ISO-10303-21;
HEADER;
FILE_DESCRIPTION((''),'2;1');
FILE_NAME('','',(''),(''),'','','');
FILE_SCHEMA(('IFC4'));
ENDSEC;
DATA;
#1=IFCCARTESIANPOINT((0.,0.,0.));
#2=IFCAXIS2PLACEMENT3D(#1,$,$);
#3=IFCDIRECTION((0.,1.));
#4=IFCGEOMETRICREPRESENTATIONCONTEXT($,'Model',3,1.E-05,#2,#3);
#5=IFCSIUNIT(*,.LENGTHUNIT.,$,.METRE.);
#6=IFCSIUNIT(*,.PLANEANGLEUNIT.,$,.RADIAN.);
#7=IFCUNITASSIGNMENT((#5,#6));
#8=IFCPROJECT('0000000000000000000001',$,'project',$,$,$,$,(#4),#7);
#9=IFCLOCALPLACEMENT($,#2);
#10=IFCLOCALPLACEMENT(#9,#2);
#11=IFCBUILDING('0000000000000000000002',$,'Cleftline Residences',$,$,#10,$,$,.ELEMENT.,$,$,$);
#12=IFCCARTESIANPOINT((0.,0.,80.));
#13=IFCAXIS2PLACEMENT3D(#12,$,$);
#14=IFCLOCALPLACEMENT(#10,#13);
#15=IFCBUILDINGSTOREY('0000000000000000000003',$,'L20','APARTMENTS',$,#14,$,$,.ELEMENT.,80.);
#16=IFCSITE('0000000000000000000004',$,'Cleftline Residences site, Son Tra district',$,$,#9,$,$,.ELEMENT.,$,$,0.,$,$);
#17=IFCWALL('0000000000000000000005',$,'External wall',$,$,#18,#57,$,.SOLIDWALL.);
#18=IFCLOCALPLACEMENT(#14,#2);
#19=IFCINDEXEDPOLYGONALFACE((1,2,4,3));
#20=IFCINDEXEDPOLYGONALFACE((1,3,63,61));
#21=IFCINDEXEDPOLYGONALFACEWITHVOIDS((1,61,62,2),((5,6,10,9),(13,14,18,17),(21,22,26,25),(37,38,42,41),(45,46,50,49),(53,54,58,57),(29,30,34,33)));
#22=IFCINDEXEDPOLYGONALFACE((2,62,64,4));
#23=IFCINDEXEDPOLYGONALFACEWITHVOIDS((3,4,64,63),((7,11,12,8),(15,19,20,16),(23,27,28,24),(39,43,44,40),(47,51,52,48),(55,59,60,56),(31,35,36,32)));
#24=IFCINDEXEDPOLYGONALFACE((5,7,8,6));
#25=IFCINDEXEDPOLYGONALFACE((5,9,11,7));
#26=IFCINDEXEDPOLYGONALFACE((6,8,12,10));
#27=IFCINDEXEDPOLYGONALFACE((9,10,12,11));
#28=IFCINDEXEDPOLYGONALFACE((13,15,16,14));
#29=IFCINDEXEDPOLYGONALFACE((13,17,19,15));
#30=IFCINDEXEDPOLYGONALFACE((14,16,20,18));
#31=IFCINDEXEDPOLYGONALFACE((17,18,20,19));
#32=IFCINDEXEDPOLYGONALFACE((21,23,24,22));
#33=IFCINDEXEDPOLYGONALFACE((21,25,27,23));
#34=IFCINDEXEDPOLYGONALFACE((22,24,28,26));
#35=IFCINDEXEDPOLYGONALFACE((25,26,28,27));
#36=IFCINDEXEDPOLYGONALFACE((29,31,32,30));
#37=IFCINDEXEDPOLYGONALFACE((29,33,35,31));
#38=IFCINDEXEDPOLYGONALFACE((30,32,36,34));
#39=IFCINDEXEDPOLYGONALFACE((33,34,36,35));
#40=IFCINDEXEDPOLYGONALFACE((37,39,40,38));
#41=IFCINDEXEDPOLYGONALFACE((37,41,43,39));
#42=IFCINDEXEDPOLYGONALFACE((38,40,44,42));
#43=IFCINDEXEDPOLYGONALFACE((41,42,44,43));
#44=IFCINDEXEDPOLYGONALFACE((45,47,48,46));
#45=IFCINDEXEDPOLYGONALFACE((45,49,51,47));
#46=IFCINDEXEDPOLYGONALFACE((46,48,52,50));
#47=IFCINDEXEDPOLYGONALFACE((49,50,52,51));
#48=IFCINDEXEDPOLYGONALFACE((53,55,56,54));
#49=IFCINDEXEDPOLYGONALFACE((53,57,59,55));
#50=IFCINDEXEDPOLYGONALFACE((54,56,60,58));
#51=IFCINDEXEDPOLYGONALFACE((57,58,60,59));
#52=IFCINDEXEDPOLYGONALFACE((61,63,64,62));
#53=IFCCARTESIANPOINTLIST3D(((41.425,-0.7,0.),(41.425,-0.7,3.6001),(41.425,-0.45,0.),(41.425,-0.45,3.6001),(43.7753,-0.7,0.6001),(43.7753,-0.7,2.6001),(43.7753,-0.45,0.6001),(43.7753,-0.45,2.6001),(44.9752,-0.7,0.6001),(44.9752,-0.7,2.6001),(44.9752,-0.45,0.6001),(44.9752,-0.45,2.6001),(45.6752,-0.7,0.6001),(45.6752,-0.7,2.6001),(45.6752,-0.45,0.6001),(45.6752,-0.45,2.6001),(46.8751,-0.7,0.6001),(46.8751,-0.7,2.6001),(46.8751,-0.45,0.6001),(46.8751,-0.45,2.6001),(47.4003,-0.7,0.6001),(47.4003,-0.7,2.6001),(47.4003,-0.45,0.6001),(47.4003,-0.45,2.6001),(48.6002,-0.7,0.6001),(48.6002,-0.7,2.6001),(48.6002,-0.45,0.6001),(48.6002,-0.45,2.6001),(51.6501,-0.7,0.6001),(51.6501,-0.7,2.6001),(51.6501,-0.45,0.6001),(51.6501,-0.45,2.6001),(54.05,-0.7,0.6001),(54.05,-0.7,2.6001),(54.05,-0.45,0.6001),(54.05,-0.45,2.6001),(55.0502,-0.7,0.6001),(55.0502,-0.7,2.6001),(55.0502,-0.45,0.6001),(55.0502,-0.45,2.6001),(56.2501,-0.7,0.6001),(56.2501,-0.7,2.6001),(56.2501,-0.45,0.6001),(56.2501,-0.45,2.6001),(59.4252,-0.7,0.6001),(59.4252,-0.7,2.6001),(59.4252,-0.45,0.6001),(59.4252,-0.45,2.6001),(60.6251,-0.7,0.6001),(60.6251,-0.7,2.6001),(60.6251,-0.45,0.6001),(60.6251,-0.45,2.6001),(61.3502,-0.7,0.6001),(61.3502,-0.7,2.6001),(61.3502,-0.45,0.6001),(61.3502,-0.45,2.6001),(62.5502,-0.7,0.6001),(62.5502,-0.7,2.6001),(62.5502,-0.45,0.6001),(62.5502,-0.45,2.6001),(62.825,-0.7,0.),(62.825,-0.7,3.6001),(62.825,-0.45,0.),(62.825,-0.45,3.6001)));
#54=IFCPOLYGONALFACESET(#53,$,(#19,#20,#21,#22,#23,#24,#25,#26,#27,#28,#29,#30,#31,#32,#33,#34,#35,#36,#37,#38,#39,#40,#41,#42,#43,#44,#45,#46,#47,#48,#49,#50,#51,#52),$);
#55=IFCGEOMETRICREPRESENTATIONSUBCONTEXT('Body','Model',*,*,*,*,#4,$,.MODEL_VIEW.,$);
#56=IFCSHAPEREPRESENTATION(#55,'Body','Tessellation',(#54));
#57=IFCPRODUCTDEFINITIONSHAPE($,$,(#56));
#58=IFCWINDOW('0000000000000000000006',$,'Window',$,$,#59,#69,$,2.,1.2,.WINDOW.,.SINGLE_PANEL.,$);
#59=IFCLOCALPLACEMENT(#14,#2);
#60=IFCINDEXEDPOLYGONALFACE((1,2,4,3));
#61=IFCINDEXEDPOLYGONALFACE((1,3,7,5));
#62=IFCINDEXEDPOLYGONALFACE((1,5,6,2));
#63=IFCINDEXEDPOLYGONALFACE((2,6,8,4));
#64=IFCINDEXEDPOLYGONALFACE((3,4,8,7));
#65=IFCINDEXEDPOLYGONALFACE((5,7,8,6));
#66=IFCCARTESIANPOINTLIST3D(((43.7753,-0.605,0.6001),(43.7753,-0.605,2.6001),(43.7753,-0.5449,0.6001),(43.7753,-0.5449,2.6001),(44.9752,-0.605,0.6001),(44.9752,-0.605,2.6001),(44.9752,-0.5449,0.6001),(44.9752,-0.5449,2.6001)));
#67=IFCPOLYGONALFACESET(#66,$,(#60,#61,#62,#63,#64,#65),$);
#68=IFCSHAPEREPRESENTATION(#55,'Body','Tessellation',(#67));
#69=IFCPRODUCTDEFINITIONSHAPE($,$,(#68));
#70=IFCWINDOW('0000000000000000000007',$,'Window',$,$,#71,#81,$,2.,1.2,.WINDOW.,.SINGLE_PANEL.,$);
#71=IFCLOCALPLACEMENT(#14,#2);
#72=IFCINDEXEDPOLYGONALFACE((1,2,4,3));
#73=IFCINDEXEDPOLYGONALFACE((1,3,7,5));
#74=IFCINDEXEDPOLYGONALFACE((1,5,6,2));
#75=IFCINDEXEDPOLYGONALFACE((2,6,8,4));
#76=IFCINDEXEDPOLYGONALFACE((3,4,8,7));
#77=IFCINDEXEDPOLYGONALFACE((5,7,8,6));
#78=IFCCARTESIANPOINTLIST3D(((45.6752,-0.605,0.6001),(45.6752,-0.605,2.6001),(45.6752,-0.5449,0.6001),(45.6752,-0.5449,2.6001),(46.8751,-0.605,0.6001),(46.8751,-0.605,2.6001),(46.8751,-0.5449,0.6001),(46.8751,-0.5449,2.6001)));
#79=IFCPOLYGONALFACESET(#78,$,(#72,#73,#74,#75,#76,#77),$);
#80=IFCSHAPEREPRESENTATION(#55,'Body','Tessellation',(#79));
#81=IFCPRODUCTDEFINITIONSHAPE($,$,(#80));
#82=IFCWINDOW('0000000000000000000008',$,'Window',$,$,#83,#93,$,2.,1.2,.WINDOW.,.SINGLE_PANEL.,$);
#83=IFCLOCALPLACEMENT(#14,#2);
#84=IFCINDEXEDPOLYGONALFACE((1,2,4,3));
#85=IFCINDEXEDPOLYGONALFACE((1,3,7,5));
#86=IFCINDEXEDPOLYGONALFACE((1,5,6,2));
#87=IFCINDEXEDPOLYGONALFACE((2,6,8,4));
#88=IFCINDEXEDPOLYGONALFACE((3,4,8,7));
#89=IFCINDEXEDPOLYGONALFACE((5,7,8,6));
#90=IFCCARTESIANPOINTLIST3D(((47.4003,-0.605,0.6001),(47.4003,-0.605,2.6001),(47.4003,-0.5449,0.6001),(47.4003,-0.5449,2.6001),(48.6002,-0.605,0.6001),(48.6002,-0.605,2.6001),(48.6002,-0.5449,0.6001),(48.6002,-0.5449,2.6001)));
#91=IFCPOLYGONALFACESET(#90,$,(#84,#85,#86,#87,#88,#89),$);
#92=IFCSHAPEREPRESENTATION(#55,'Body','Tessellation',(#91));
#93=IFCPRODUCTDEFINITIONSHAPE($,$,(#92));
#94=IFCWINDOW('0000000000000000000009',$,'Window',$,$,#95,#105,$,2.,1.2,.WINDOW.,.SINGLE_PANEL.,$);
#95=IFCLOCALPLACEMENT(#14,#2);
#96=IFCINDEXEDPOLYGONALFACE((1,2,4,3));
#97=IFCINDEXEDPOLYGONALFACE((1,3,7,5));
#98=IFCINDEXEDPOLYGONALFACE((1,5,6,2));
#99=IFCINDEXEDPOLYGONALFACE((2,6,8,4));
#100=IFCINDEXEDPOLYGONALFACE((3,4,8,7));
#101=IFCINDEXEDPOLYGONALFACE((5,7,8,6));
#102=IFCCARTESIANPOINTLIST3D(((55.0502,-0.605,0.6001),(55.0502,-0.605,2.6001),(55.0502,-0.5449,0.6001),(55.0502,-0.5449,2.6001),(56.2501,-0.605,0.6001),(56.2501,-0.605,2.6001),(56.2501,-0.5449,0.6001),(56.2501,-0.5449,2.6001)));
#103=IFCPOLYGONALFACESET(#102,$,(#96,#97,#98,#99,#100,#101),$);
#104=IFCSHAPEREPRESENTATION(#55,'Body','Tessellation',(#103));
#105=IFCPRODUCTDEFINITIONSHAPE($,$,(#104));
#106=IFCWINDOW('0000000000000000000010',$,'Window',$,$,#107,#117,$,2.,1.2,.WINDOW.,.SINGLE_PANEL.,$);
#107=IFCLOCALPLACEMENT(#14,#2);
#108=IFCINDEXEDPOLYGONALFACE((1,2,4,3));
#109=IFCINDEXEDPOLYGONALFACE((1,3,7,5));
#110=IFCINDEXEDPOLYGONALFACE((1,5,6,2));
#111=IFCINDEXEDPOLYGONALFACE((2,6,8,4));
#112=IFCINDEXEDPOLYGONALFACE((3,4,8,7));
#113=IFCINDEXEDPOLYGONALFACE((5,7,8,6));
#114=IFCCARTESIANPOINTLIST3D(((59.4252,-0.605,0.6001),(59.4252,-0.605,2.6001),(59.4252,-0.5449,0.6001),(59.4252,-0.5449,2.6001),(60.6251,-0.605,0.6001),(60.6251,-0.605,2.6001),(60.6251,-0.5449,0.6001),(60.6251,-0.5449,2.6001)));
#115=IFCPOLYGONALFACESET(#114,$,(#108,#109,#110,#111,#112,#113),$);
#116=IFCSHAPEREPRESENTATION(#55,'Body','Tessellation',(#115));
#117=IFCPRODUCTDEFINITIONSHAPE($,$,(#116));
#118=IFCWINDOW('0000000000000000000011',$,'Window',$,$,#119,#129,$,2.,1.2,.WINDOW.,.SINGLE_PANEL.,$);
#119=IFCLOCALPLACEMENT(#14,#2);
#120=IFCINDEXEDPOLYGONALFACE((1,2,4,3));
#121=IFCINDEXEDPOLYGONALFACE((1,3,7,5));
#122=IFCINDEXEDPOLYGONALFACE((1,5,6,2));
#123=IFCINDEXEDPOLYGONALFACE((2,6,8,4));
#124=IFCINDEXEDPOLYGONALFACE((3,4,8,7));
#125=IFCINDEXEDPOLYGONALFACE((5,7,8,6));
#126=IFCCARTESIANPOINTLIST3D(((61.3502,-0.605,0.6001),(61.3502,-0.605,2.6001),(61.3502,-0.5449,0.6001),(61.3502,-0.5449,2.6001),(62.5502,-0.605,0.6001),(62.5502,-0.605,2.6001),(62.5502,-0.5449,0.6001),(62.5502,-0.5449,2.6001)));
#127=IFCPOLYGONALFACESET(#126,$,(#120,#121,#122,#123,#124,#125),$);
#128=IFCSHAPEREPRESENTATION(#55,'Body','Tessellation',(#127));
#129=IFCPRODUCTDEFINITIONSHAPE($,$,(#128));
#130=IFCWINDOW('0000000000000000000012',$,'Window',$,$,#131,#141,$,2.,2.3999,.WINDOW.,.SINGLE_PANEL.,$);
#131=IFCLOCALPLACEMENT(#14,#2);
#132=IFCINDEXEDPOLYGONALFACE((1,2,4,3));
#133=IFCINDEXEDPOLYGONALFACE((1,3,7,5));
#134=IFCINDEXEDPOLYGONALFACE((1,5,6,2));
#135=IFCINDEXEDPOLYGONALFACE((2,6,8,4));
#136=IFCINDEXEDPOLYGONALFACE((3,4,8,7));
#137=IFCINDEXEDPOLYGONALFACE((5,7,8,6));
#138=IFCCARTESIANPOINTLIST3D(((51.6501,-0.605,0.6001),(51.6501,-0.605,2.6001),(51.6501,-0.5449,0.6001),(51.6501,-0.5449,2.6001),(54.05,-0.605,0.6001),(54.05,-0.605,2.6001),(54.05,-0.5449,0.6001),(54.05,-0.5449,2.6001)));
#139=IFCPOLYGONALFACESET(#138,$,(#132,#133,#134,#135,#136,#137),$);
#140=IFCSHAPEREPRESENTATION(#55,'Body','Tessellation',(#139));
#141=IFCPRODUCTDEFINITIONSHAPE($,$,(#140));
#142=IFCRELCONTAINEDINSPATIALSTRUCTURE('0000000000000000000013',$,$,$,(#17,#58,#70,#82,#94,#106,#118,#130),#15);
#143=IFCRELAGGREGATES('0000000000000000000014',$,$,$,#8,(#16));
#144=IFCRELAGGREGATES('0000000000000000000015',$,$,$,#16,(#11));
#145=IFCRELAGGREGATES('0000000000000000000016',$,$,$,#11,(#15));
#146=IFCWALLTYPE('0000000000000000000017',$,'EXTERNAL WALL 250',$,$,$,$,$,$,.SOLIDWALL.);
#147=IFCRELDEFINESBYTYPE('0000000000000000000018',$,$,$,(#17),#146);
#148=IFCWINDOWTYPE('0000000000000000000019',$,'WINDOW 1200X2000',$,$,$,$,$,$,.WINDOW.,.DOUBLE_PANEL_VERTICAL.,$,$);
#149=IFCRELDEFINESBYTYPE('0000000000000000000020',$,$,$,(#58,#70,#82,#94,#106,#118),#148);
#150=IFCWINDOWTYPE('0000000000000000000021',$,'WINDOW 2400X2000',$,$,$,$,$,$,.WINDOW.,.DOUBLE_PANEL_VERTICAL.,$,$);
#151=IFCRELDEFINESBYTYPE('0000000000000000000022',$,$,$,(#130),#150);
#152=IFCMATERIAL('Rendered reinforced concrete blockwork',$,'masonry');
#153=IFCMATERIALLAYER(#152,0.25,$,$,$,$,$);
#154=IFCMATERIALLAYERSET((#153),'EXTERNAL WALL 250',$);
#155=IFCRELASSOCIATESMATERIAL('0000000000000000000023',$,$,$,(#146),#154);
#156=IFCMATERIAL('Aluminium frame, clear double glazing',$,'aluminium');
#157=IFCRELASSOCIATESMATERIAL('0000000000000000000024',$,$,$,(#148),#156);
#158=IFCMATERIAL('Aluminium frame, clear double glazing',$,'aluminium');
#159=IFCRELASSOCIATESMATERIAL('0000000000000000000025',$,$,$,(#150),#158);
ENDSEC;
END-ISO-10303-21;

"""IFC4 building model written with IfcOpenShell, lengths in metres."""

from ifc_helpers import new_model, si_unit, direction, frame, frame_2d, origin, place, context, subcontext, project, spatial, rectangle, extrude, material, layer, layer_set, type_object, element, fill, save


model = new_model("IFC4")

# Units and contexts
model_context = context("Model", 3, precision=1e-05, world=origin(), true_north=direction((0.0, 1.0)))
body_context = subcontext(model_context, "Body", "Model", "MODEL_VIEW")
ifc_project = project(units=[si_unit("LENGTHUNIT", "METRE"), si_unit("PLANEANGLEUNIT", "RADIAN")], contexts=[model_context])

# Site, building, storey
site_placement = place(None, origin())
site = spatial("IfcSite", under=ifc_project, at=site_placement, Name="Cleftline Residences site, Son Tra district", CompositionType="ELEMENT", RefElevation=0.0)
building_placement = place(site_placement, origin())
building = spatial("IfcBuilding", under=site, at=building_placement, Name="Cleftline Residences", CompositionType="ELEMENT")
storey_placement = place(building_placement, frame((0.0, 0.0, 80.0)))
storey = spatial("IfcBuildingStorey", under=building, at=storey_placement, Name="L20", Description="APARTMENTS", CompositionType="ELEMENT", Elevation=80.0)

# Wall, openings, windows
ifc_material_1 = material(Name="Rendered reinforced concrete blockwork", Category="masonry")
ifc_layer_1 = layer(ifc_material_1, 0.25)
ifc_layer_set_1 = layer_set([ifc_layer_1], Name="EXTERNAL WALL 250")
wall_type_1 = type_object("IfcWallType", Name="EXTERNAL WALL 250", PredefinedType="SOLIDWALL", material=ifc_layer_set_1)
wall_1_placement = place(storey_placement, frame((41.425, -0.575, 0.0), z_axis=(0.0, 0.0, 1.0), x_axis=(1.0, 0.0, 0.0)))
wall_1 = element("IfcWall", 1, at=wall_1_placement, inside=storey, type_object=wall_type_1, Name="External wall", PredefinedType="SOLIDWALL", context=body_context, shape_type="SweptSolid", body=[
    extrude(rectangle(XDim=21.3999, YDim=0.25, at=frame_2d((10.7, 0.0))), origin(), (0.0, 0.0, 1.0), 3.6001),
])
opening_1_placement = place(wall_1_placement, frame((2.3501, 0.0, 0.6001)))
opening_1 = element("IfcOpeningElement", 2, at=opening_1_placement, cuts=wall_1, PredefinedType="OPENING", context=body_context, shape_type="SweptSolid", body=[
    extrude(rectangle(XDim=1.2, YDim=2.0, at=frame_2d((0.6001, 1.0))), frame((0.0, 0.135, 0.0), z_axis=(0.0, -1.0, 0.0), x_axis=(1.0, 0.0, 0.0)), (0.0, 0.0, 1.0), 0.27),
])
opening_2_placement = place(wall_1_placement, frame((4.25, 0.0, 0.6001)))
opening_2 = element("IfcOpeningElement", 3, at=opening_2_placement, cuts=wall_1, PredefinedType="OPENING", context=body_context, shape_type="SweptSolid", body=[
    extrude(rectangle(XDim=1.2, YDim=2.0, at=frame_2d((0.6001, 1.0))), frame((0.0, 0.135, 0.0), z_axis=(0.0, -1.0, 0.0), x_axis=(1.0, 0.0, 0.0)), (0.0, 0.0, 1.0), 0.27),
])
opening_3_placement = place(wall_1_placement, frame((5.9751, 0.0, 0.6001)))
opening_3 = element("IfcOpeningElement", 4, at=opening_3_placement, cuts=wall_1, PredefinedType="OPENING", context=body_context, shape_type="SweptSolid", body=[
    extrude(rectangle(XDim=1.2, YDim=2.0, at=frame_2d((0.6001, 1.0))), frame((0.0, 0.135, 0.0), z_axis=(0.0, -1.0, 0.0), x_axis=(1.0, 0.0, 0.0)), (0.0, 0.0, 1.0), 0.27),
])
opening_4_placement = place(wall_1_placement, frame((10.2251, 0.0, 0.6001)))
opening_4 = element("IfcOpeningElement", 5, at=opening_4_placement, cuts=wall_1, PredefinedType="OPENING", context=body_context, shape_type="SweptSolid", body=[
    extrude(rectangle(XDim=2.3999, YDim=2.0, at=frame_2d((1.2, 1.0))), frame((0.0, 0.135, 0.0), z_axis=(0.0, -1.0, 0.0), x_axis=(1.0, 0.0, 0.0)), (0.0, 0.0, 1.0), 0.27),
])
opening_5_placement = place(wall_1_placement, frame((13.625, 0.0, 0.6001)))
opening_5 = element("IfcOpeningElement", 6, at=opening_5_placement, cuts=wall_1, PredefinedType="OPENING", context=body_context, shape_type="SweptSolid", body=[
    extrude(rectangle(XDim=1.2, YDim=2.0, at=frame_2d((0.6001, 1.0))), frame((0.0, 0.135, 0.0), z_axis=(0.0, -1.0, 0.0), x_axis=(1.0, 0.0, 0.0)), (0.0, 0.0, 1.0), 0.27),
])
opening_6_placement = place(wall_1_placement, frame((18.0, 0.0, 0.6001)))
opening_6 = element("IfcOpeningElement", 7, at=opening_6_placement, cuts=wall_1, PredefinedType="OPENING", context=body_context, shape_type="SweptSolid", body=[
    extrude(rectangle(XDim=1.2, YDim=2.0, at=frame_2d((0.6001, 1.0))), frame((0.0, 0.135, 0.0), z_axis=(0.0, -1.0, 0.0), x_axis=(1.0, 0.0, 0.0)), (0.0, 0.0, 1.0), 0.27),
])
opening_7_placement = place(wall_1_placement, frame((19.925, 0.0, 0.6001)))
opening_7 = element("IfcOpeningElement", 8, at=opening_7_placement, cuts=wall_1, PredefinedType="OPENING", context=body_context, shape_type="SweptSolid", body=[
    extrude(rectangle(XDim=1.2, YDim=2.0, at=frame_2d((0.6001, 1.0))), frame((0.0, 0.135, 0.0), z_axis=(0.0, -1.0, 0.0), x_axis=(1.0, 0.0, 0.0)), (0.0, 0.0, 1.0), 0.27),
])
ifc_material_2 = material(Name="Aluminium frame, clear double glazing", Category="aluminium")
window_type_1 = type_object("IfcWindowType", Name="WINDOW 1200X2000", PartitioningType="DOUBLE_PANEL_VERTICAL", PredefinedType="WINDOW", material=ifc_material_2)
window_1_placement = place(opening_1_placement, origin())
window_1 = element("IfcWindow", 9, at=window_1_placement, inside=storey, type_object=window_type_1, Name="Window", OverallHeight=2.0, OverallWidth=1.2, PartitioningType="SINGLE_PANEL", PredefinedType="WINDOW", context=body_context, shape_type="SweptSolid", body=[
    extrude(rectangle(XDim=1.2, YDim=2.0, at=frame_2d((0.6001, 1.0))), frame((0.0, 0.03, 0.0), z_axis=(0.0, -1.0, 0.0), x_axis=(1.0, 0.0, 0.0)), (0.0, 0.0, 1.0), 0.0601),
])
fill(opening_1, window_1)
window_2_placement = place(opening_2_placement, origin())
window_2 = element("IfcWindow", 10, at=window_2_placement, inside=storey, type_object=window_type_1, Name="Window", OverallHeight=2.0, OverallWidth=1.2, PartitioningType="SINGLE_PANEL", PredefinedType="WINDOW", context=body_context, shape_type="SweptSolid", body=[
    extrude(rectangle(XDim=1.2, YDim=2.0, at=frame_2d((0.6001, 1.0))), frame((0.0, 0.03, 0.0), z_axis=(0.0, -1.0, 0.0), x_axis=(1.0, 0.0, 0.0)), (0.0, 0.0, 1.0), 0.0601),
])
fill(opening_2, window_2)
window_3_placement = place(opening_3_placement, origin())
window_3 = element("IfcWindow", 11, at=window_3_placement, inside=storey, type_object=window_type_1, Name="Window", OverallHeight=2.0, OverallWidth=1.2, PartitioningType="SINGLE_PANEL", PredefinedType="WINDOW", context=body_context, shape_type="SweptSolid", body=[
    extrude(rectangle(XDim=1.2, YDim=2.0, at=frame_2d((0.6001, 1.0))), frame((0.0, 0.03, 0.0), z_axis=(0.0, -1.0, 0.0), x_axis=(1.0, 0.0, 0.0)), (0.0, 0.0, 1.0), 0.0601),
])
fill(opening_3, window_3)
window_4_placement = place(opening_5_placement, origin())
window_4 = element("IfcWindow", 12, at=window_4_placement, inside=storey, type_object=window_type_1, Name="Window", OverallHeight=2.0, OverallWidth=1.2, PartitioningType="SINGLE_PANEL", PredefinedType="WINDOW", context=body_context, shape_type="SweptSolid", body=[
    extrude(rectangle(XDim=1.2, YDim=2.0, at=frame_2d((0.6001, 1.0))), frame((0.0, 0.03, 0.0), z_axis=(0.0, -1.0, 0.0), x_axis=(1.0, 0.0, 0.0)), (0.0, 0.0, 1.0), 0.0601),
])
fill(opening_5, window_4)
window_5_placement = place(opening_6_placement, origin())
window_5 = element("IfcWindow", 13, at=window_5_placement, inside=storey, type_object=window_type_1, Name="Window", OverallHeight=2.0, OverallWidth=1.2, PartitioningType="SINGLE_PANEL", PredefinedType="WINDOW", context=body_context, shape_type="SweptSolid", body=[
    extrude(rectangle(XDim=1.2, YDim=2.0, at=frame_2d((0.6001, 1.0))), frame((0.0, 0.03, 0.0), z_axis=(0.0, -1.0, 0.0), x_axis=(1.0, 0.0, 0.0)), (0.0, 0.0, 1.0), 0.0601),
])
fill(opening_6, window_5)
window_6_placement = place(opening_7_placement, origin())
window_6 = element("IfcWindow", 14, at=window_6_placement, inside=storey, type_object=window_type_1, Name="Window", OverallHeight=2.0, OverallWidth=1.2, PartitioningType="SINGLE_PANEL", PredefinedType="WINDOW", context=body_context, shape_type="SweptSolid", body=[
    extrude(rectangle(XDim=1.2, YDim=2.0, at=frame_2d((0.6001, 1.0))), frame((0.0, 0.03, 0.0), z_axis=(0.0, -1.0, 0.0), x_axis=(1.0, 0.0, 0.0)), (0.0, 0.0, 1.0), 0.0601),
])
fill(opening_7, window_6)
ifc_material_3 = material(Name="Aluminium frame, clear double glazing", Category="aluminium")
window_type_2 = type_object("IfcWindowType", Name="WINDOW 2400X2000", PartitioningType="DOUBLE_PANEL_VERTICAL", PredefinedType="WINDOW", material=ifc_material_3)
window_7_placement = place(opening_4_placement, origin())
window_7 = element("IfcWindow", 15, at=window_7_placement, inside=storey, type_object=window_type_2, Name="Window", OverallHeight=2.0, OverallWidth=2.3999, PartitioningType="SINGLE_PANEL", PredefinedType="WINDOW", context=body_context, shape_type="SweptSolid", body=[
    extrude(rectangle(XDim=2.3999, YDim=2.0, at=frame_2d((1.2, 1.0))), frame((0.0, 0.03, 0.0), z_axis=(0.0, -1.0, 0.0), x_axis=(1.0, 0.0, 0.0)), (0.0, 0.0, 1.0), 0.0601),
])
fill(opening_4, window_7)

save(model, "model.ifc")
